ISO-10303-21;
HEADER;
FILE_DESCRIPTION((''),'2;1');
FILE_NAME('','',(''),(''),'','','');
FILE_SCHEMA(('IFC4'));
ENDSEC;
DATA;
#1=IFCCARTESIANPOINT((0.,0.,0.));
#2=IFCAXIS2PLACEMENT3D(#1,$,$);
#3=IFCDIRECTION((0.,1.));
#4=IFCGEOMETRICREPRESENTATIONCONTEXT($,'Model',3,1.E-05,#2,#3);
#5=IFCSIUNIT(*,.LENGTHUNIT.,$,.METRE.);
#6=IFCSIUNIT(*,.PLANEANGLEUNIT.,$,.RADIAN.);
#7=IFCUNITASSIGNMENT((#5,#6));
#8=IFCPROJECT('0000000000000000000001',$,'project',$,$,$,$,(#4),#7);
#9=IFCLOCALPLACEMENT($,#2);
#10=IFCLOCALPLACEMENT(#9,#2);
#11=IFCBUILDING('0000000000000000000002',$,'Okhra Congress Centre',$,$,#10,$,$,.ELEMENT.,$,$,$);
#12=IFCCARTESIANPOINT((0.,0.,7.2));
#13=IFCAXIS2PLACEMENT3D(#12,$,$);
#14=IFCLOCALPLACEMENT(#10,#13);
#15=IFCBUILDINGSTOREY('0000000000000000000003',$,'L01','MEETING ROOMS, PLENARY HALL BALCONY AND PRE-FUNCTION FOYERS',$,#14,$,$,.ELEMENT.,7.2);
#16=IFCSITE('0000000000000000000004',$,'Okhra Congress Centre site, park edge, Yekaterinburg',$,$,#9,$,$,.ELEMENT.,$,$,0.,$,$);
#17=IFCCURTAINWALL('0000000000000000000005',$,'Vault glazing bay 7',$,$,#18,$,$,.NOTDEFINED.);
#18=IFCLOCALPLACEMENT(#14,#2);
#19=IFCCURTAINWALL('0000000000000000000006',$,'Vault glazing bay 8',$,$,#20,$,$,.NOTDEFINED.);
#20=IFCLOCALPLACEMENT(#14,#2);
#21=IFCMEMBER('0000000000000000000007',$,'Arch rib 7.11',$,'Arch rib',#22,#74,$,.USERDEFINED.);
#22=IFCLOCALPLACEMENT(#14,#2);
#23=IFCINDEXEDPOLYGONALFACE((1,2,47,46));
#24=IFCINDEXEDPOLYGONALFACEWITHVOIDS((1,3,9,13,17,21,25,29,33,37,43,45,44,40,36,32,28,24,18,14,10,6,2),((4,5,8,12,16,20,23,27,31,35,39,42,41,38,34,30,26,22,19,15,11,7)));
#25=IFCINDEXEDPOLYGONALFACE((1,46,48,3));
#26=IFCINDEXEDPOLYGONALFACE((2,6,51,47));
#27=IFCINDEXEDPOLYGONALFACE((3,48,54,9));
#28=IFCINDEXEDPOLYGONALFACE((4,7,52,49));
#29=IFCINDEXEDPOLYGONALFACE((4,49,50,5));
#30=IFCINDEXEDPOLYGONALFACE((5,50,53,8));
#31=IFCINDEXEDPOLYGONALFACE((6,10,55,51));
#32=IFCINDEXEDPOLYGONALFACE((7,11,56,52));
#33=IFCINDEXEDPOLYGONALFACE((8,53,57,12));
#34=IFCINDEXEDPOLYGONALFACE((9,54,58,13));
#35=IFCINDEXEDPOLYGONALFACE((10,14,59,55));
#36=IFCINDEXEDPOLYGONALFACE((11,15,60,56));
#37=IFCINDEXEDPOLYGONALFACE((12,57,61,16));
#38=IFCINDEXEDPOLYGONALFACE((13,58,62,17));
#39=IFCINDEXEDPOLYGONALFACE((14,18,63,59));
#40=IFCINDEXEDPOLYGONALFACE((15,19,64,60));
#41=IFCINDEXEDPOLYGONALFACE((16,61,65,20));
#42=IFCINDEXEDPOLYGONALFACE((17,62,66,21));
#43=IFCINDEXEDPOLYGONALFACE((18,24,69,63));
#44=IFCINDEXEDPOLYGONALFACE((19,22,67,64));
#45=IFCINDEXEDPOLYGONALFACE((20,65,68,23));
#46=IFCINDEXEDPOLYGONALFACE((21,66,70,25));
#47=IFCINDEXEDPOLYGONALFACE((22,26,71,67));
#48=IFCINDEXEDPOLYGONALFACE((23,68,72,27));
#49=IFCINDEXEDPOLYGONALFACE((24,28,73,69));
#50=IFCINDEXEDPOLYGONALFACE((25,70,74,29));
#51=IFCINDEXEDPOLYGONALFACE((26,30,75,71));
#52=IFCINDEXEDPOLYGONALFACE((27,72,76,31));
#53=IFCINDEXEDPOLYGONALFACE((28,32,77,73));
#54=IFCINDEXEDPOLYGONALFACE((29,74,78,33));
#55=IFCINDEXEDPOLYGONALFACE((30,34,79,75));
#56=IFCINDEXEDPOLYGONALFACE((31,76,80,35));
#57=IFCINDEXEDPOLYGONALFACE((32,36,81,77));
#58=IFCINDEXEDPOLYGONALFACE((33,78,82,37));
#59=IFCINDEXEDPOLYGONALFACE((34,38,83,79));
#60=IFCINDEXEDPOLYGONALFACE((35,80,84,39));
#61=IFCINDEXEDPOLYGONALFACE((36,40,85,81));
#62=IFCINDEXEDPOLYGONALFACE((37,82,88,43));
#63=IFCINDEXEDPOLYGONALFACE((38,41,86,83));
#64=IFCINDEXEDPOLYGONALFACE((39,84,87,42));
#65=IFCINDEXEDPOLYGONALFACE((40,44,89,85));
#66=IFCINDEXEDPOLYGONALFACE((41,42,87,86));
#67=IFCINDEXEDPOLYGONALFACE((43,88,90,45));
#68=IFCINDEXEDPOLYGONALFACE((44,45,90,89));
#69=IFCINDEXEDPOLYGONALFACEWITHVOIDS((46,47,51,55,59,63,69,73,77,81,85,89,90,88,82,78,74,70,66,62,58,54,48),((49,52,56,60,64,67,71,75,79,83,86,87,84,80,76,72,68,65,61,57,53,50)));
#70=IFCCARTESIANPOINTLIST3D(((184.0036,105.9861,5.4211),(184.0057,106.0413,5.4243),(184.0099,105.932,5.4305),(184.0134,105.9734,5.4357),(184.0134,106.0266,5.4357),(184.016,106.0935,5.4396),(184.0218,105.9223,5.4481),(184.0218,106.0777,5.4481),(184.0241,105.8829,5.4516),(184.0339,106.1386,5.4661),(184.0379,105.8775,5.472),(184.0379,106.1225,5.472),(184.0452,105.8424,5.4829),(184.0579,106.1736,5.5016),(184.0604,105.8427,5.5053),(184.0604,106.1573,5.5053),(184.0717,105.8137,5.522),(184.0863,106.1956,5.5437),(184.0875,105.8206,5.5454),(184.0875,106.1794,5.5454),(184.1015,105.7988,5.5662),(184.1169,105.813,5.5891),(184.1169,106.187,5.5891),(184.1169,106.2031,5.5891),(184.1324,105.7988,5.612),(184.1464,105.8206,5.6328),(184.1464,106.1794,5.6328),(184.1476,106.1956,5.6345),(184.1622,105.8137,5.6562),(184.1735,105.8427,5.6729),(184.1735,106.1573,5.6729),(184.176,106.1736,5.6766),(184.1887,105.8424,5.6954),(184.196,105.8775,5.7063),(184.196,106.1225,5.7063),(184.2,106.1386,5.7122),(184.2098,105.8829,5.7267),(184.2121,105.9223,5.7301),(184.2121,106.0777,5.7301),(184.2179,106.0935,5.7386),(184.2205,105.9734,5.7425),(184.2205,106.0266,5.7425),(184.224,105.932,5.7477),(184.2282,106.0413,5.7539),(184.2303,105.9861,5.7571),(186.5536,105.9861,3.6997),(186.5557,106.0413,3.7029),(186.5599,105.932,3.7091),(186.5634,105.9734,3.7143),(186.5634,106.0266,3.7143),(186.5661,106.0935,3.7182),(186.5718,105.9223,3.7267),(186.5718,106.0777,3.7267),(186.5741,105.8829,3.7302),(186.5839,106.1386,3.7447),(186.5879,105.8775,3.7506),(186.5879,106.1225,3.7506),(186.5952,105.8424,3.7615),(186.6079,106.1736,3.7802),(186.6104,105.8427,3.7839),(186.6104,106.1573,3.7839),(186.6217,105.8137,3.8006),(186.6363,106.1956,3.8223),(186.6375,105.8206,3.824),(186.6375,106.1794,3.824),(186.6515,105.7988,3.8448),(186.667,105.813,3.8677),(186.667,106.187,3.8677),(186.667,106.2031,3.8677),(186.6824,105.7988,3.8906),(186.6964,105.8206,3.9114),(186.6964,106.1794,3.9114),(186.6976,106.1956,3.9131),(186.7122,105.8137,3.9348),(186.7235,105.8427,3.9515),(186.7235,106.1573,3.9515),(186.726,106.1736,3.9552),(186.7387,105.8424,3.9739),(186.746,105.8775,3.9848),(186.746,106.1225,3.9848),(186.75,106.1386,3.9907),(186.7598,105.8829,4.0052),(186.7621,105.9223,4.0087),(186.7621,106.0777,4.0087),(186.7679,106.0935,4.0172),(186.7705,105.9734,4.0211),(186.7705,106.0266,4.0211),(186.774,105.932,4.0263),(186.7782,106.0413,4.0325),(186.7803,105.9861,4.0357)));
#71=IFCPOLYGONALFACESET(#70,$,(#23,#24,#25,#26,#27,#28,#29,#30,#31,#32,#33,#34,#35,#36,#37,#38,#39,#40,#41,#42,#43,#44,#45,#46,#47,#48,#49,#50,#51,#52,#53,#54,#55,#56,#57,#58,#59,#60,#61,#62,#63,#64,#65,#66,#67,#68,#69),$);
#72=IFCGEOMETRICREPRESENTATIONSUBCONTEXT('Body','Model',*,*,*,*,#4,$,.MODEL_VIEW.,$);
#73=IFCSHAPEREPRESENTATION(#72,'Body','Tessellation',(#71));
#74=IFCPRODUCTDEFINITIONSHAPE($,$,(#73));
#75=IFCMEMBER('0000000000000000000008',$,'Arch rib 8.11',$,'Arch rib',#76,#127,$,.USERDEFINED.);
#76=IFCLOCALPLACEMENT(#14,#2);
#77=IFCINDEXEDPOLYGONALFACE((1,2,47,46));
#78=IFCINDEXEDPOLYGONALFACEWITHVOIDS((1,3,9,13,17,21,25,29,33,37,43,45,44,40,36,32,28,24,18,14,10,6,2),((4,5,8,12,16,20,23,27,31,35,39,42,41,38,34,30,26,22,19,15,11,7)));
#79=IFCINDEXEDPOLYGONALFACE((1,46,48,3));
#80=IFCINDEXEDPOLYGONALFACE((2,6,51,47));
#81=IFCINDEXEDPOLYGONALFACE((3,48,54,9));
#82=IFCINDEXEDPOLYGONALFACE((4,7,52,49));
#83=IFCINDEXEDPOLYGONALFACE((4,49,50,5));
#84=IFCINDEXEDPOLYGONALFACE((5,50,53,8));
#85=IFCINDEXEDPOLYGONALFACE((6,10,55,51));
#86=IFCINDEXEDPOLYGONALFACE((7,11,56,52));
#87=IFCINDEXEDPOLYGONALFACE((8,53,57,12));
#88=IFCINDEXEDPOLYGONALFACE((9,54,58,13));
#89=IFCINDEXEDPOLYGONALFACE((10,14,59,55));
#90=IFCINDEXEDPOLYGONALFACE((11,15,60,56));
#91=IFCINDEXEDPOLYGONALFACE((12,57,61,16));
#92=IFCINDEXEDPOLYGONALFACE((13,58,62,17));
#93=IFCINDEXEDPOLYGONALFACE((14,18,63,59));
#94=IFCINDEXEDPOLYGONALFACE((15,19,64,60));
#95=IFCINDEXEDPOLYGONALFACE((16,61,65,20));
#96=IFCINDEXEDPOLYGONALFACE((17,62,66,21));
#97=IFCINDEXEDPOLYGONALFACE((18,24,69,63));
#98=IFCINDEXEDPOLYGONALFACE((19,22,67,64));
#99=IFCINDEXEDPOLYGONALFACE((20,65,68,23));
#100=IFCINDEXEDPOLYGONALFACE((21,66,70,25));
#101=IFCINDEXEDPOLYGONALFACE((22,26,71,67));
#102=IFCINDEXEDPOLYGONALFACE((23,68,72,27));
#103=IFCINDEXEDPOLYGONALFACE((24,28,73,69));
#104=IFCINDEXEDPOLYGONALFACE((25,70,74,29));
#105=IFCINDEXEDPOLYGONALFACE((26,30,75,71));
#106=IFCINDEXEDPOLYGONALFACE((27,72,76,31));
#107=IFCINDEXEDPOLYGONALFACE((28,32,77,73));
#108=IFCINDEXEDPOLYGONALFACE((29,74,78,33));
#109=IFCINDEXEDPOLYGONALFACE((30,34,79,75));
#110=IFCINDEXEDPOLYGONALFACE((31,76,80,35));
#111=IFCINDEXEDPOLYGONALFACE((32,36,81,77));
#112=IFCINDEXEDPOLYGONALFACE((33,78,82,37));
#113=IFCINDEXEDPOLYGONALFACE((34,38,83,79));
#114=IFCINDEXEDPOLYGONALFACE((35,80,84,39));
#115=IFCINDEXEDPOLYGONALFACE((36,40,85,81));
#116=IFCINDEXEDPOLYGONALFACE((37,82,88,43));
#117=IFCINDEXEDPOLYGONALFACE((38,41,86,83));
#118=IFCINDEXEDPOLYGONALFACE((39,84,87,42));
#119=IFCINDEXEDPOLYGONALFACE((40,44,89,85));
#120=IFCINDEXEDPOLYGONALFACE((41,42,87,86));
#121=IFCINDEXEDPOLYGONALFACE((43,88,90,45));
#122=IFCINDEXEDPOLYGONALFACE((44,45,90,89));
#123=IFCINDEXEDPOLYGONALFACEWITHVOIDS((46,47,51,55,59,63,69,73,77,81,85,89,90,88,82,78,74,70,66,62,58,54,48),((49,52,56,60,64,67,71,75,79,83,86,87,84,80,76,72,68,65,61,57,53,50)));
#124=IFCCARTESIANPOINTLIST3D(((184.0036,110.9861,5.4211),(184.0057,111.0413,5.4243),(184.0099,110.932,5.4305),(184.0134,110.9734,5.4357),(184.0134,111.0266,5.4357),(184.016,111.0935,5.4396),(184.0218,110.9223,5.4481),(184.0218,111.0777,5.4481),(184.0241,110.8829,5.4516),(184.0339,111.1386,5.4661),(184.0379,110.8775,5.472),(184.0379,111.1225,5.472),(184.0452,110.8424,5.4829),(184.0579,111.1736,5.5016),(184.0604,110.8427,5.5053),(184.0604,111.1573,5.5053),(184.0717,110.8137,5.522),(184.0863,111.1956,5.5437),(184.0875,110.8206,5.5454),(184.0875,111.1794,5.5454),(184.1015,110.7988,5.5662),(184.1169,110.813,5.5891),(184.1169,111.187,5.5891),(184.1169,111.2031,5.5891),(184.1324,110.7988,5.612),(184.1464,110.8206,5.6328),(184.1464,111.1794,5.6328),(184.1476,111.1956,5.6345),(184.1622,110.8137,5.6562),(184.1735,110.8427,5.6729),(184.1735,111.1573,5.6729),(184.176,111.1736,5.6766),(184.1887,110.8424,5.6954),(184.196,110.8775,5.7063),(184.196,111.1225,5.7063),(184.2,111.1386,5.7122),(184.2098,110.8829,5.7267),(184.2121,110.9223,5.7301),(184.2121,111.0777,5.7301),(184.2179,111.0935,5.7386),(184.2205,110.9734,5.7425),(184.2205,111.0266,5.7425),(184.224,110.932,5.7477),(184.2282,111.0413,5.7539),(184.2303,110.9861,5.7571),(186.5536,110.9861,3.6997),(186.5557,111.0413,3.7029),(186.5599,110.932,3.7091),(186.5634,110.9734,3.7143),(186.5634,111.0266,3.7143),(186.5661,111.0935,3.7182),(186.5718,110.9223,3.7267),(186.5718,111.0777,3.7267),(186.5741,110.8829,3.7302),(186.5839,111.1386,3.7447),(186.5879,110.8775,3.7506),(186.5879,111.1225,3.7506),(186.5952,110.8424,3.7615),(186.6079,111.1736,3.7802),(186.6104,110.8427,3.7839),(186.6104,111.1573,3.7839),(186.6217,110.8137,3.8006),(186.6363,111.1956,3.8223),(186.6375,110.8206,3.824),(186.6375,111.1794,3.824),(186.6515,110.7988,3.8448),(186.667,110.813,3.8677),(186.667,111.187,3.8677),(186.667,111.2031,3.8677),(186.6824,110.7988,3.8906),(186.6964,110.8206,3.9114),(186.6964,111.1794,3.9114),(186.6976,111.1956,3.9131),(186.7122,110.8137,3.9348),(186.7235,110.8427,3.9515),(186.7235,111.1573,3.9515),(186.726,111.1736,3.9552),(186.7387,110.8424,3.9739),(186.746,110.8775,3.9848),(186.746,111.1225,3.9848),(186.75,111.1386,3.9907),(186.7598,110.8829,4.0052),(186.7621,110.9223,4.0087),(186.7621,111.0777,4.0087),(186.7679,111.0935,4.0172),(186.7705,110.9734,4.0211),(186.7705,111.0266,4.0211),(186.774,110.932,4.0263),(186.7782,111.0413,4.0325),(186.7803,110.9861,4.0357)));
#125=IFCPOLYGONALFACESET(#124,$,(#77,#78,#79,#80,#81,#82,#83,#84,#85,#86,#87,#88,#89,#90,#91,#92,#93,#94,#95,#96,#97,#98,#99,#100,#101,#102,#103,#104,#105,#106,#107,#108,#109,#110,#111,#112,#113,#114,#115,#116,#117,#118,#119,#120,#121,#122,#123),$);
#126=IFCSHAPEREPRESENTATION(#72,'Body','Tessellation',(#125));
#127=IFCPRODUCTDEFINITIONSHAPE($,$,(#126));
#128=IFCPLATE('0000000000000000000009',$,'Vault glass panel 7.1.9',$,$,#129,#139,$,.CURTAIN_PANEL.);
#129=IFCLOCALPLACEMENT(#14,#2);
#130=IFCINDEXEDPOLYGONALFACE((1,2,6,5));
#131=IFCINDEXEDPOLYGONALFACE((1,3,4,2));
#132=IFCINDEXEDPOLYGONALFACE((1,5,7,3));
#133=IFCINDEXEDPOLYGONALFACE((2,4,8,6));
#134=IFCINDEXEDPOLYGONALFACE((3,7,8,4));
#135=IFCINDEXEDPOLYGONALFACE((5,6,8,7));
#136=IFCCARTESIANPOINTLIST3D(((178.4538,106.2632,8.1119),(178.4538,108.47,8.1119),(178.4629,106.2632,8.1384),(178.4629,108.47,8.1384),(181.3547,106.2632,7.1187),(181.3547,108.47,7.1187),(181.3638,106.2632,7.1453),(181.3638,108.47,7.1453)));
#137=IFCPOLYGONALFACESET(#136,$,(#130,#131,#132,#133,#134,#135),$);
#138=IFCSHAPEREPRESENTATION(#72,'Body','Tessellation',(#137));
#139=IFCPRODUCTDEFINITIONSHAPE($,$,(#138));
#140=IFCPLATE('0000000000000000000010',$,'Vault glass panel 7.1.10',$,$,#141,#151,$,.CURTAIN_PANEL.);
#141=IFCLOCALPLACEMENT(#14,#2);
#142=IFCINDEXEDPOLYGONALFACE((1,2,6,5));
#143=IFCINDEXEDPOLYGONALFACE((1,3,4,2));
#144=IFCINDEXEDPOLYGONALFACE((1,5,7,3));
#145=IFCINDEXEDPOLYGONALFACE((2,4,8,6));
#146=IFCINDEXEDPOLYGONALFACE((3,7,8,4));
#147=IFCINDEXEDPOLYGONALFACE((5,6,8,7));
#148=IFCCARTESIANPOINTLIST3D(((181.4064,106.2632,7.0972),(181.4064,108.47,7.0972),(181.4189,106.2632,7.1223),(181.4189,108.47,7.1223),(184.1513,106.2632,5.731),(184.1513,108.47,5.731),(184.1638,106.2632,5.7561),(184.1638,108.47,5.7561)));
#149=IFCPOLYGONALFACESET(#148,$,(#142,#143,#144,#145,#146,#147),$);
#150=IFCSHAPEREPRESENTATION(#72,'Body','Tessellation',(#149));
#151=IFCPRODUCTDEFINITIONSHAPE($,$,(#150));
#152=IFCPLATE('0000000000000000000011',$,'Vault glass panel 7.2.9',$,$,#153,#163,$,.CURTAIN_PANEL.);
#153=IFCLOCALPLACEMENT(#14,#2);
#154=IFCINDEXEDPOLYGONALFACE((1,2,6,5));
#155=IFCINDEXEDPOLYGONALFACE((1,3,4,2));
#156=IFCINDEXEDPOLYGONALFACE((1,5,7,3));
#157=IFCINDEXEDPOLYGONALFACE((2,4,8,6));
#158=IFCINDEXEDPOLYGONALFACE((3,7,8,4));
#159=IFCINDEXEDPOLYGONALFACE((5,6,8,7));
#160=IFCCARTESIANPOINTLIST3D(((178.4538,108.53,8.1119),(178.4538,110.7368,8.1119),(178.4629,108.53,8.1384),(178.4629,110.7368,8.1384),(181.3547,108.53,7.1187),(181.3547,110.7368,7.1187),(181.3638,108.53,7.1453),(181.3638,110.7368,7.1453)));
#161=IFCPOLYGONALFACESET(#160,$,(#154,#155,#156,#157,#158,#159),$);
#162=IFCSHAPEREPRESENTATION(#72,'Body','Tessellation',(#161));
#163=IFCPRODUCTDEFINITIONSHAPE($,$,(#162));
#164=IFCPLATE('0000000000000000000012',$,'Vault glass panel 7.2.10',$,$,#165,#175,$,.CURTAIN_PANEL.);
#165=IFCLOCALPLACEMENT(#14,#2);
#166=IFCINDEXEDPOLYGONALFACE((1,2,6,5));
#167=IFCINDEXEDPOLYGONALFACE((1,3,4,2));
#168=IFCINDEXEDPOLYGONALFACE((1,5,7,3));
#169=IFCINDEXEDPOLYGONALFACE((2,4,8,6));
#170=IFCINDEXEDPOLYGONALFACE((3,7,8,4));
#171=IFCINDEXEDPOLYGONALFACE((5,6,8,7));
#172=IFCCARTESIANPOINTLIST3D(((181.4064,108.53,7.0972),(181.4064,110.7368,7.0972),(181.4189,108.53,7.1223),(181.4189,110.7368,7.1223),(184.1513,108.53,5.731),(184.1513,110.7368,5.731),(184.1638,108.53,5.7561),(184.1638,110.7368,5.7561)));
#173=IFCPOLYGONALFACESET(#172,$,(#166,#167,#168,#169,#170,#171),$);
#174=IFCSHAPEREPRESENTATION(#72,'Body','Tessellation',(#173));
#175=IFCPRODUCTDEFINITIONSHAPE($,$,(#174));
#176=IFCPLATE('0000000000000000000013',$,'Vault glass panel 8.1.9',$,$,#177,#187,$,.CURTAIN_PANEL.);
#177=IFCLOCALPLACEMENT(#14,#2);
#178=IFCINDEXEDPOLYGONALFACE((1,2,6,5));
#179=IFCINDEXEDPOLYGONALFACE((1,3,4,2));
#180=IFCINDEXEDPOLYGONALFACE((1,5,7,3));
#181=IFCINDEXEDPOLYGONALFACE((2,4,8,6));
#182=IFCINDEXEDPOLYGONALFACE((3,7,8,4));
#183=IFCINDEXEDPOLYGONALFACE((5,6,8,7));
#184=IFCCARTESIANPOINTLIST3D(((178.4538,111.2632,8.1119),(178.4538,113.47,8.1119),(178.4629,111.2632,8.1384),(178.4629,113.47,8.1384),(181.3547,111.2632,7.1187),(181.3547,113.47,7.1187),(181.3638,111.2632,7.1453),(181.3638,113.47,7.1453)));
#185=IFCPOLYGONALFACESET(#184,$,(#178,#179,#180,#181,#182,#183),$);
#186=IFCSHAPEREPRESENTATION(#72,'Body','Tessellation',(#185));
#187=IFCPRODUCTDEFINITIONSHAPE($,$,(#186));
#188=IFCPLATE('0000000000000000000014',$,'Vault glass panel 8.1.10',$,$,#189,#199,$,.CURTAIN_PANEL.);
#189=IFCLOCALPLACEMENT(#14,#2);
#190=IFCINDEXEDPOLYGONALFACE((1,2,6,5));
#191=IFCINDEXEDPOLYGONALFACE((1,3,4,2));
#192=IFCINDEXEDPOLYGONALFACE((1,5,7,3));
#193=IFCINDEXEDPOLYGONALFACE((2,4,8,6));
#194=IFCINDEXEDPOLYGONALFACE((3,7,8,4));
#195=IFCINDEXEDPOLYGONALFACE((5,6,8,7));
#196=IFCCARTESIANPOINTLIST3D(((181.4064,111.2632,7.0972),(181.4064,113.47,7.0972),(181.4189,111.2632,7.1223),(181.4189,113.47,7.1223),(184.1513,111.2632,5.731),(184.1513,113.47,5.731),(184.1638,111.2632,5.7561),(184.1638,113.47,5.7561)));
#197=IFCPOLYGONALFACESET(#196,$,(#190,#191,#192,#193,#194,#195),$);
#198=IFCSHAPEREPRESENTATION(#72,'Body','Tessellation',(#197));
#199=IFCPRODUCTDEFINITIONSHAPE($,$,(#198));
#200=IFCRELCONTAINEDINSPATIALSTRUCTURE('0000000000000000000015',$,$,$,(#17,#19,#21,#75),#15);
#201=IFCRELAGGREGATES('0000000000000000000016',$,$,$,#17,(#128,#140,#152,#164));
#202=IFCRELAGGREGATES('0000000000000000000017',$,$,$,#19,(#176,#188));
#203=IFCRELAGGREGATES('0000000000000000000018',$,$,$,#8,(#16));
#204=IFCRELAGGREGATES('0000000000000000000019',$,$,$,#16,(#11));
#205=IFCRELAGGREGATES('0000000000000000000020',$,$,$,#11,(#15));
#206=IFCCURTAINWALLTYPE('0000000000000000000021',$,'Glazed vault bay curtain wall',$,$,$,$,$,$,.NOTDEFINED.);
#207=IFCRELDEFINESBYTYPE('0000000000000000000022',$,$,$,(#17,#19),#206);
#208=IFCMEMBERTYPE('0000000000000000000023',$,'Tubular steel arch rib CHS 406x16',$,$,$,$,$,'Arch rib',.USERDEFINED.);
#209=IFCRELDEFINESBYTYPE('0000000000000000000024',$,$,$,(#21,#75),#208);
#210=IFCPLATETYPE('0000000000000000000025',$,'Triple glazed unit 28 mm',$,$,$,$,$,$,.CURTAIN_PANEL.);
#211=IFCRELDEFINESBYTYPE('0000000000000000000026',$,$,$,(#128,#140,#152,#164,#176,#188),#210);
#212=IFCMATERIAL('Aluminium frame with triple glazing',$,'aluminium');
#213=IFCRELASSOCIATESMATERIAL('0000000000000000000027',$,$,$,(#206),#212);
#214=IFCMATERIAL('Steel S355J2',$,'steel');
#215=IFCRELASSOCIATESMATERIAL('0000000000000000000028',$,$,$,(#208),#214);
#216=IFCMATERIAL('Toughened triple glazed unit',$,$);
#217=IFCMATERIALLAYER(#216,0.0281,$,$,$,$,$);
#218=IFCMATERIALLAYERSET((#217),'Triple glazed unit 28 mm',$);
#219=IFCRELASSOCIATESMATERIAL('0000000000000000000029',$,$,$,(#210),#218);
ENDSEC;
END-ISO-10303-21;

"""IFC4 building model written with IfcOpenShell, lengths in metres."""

from ifc_helpers import new_model, si_unit, direction, frame, origin, origin_2d, place, context, subcontext, project, spatial, polyline, hollow_circle, outline, extrude, material, layer, layer_set, material_profile, profile_set, type_object, element, aggregate, save


model = new_model("IFC4")

# Units and contexts
model_context = context("Model", 3, precision=1e-05, world=origin(), true_north=direction((0.0, 1.0)))
body_context = subcontext(model_context, "Body", "Model", "MODEL_VIEW")
ifc_project = project(units=[si_unit("LENGTHUNIT", "METRE"), si_unit("PLANEANGLEUNIT", "RADIAN")], contexts=[model_context])

# Site, building, storey
site_placement = place(None, origin())
site = spatial("IfcSite", under=ifc_project, at=site_placement, Name="Okhra Congress Centre site, park edge, Yekaterinburg", CompositionType="ELEMENT", RefElevation=0.0)
building_placement = place(site_placement, origin())
building = spatial("IfcBuilding", under=site, at=building_placement, Name="Okhra Congress Centre", CompositionType="ELEMENT")
storey_placement = place(building_placement, frame((0.0, 0.0, 7.2)))
storey = spatial("IfcBuildingStorey", under=building, at=storey_placement, Name="L01", Description="MEETING ROOMS, PLENARY HALL BALCONY AND PRE-FUNCTION FOYERS", CompositionType="ELEMENT", Elevation=7.2)

# Shared definitions
ifc_material_1 = material(Name="Aluminium frame with triple glazing", Category="aluminium")
curtain_wall_type = type_object("IfcCurtainWallType", Name="Glazed vault bay curtain wall", PredefinedType="NOTDEFINED", material=ifc_material_1)

# Curtain wall
curtain_wall_1_placement = place(storey_placement, origin())
curtain_wall_1 = element("IfcCurtainWall", 1, at=curtain_wall_1_placement, inside=storey, type_object=curtain_wall_type, Name="Vault glazing bay 7", PredefinedType="NOTDEFINED")

# Curtain wall
curtain_wall_2_placement = place(storey_placement, origin())
curtain_wall_2 = element("IfcCurtainWall", 2, at=curtain_wall_2_placement, inside=storey, type_object=curtain_wall_type, Name="Vault glazing bay 8", PredefinedType="NOTDEFINED")

# Members
ifc_material_2 = material(Name="Steel S355J2", Category="steel")
ifc_material_profile_1 = material_profile(ifc_material_2, hollow_circle(Radius=0.2031, WallThickness=0.0161, at=origin_2d()), Name="CHS 406.4x16")
ifc_profile_set_1 = profile_set([ifc_material_profile_1], Name="Steel S355J2")
member_type_1 = type_object("IfcMemberType", Name="Tubular steel arch rib CHS 406x16", ElementType="Arch rib", PredefinedType="USERDEFINED", material=ifc_profile_set_1)
for number, where, z_axis, x_axis, name in (
    (3, (184.1169, 106.0, 5.5891), (0.828826, 0.0, -0.559507), (0.0, 1.0, 0.0), "Arch rib 7.11"),
    (4, (184.1169, 111.0, 5.5891), (0.828826, 0.0, -0.559507), (0.0, 1.0, 0.0), "Arch rib 8.11"),
):
    element("IfcMember", number, at=place(storey_placement, frame(where, z_axis=z_axis, x_axis=x_axis)), inside=storey, type_object=member_type_1, Name=name, ObjectType="Arch rib", PredefinedType="USERDEFINED", context=body_context, shape_type="SweptSolid", body=[
        extrude(hollow_circle(Radius=0.2031, WallThickness=0.0161, at=origin_2d()), origin(), (0.0, 0.0, 1.0), 3.0767),
    ])

# Plates
ifc_material_3 = material(Name="Toughened triple glazed unit")
ifc_layer = layer(ifc_material_3, 0.0281)
ifc_layer_set = layer_set([ifc_layer], Name="Triple glazed unit 28 mm")
plate_type = type_object("IfcPlateType", Name="Triple glazed unit 28 mm", PredefinedType="CURTAIN_PANEL", material=ifc_layer_set)
plate_1_placement = place(storey_placement, frame((178.4629, 106.2632, 8.1384), z_axis=(0.323909, 0.0, 0.946088), x_axis=(0.946088, 0.0, -0.323909)))
plate_1 = element("IfcPlate", 5, at=plate_1_placement, type_object=plate_type, Name="Vault glass panel 7.1.9", PredefinedType="CURTAIN_PANEL", context=body_context, shape_type="SweptSolid", body=[
    extrude(outline(polyline([(0.0, 0.0), (3.0662, 0.0), (3.0662, 2.2068), (0.0, 2.2068), (0.0, 0.0)])), origin(), (0.0, 0.0, -1.0), 0.0281),
])
plate_2_placement = place(storey_placement, frame((181.4189, 106.2632, 7.1223), z_axis=(0.445588, 0.0, 0.895238), x_axis=(0.895238, 0.0, -0.445588)))
plate_2 = element("IfcPlate", 6, at=plate_2_placement, type_object=plate_type, Name="Vault glass panel 7.1.10", PredefinedType="CURTAIN_PANEL", context=body_context, shape_type="SweptSolid", body=[
    extrude(outline(polyline([(0.0, 0.0), (3.0661, 0.0), (3.0661, 2.2068), (0.0, 2.2068), (0.0, 0.0)])), origin(), (0.0, 0.0, -1.0), 0.0281),
])
plate_3_placement = place(storey_placement, frame((178.4629, 108.53, 8.1384), z_axis=(0.323909, 0.0, 0.946088), x_axis=(0.946088, 0.0, -0.323909)))
plate_3 = element("IfcPlate", 7, at=plate_3_placement, type_object=plate_type, Name="Vault glass panel 7.2.9", PredefinedType="CURTAIN_PANEL", context=body_context, shape_type="SweptSolid", body=[
    extrude(outline(polyline([(0.0, 0.0), (3.0662, 0.0), (3.0662, 2.2068), (0.0, 2.2068), (0.0, 0.0)])), origin(), (0.0, 0.0, -1.0), 0.0281),
])
plate_4_placement = place(storey_placement, frame((181.4189, 108.53, 7.1223), z_axis=(0.445588, 0.0, 0.895238), x_axis=(0.895238, 0.0, -0.445588)))
plate_4 = element("IfcPlate", 8, at=plate_4_placement, type_object=plate_type, Name="Vault glass panel 7.2.10", PredefinedType="CURTAIN_PANEL", context=body_context, shape_type="SweptSolid", body=[
    extrude(outline(polyline([(0.0, 0.0), (3.0661, 0.0), (3.0661, 2.2068), (0.0, 2.2068), (0.0, 0.0)])), origin(), (0.0, 0.0, -1.0), 0.0281),
])
aggregate(curtain_wall_1, [plate_1, plate_2, plate_3, plate_4])
plate_5_placement = place(storey_placement, frame((178.4629, 111.2632, 8.1384), z_axis=(0.323909, 0.0, 0.946088), x_axis=(0.946088, 0.0, -0.323909)))
plate_5 = element("IfcPlate", 9, at=plate_5_placement, type_object=plate_type, Name="Vault glass panel 8.1.9", PredefinedType="CURTAIN_PANEL", context=body_context, shape_type="SweptSolid", body=[
    extrude(outline(polyline([(0.0, 0.0), (3.0662, 0.0), (3.0662, 2.2068), (0.0, 2.2068), (0.0, 0.0)])), origin(), (0.0, 0.0, -1.0), 0.0281),
])
plate_6_placement = place(storey_placement, frame((181.4189, 111.2632, 7.1223), z_axis=(0.445588, 0.0, 0.895238), x_axis=(0.895238, 0.0, -0.445588)))
plate_6 = element("IfcPlate", 10, at=plate_6_placement, type_object=plate_type, Name="Vault glass panel 8.1.10", PredefinedType="CURTAIN_PANEL", context=body_context, shape_type="SweptSolid", body=[
    extrude(outline(polyline([(0.0, 0.0), (3.0661, 0.0), (3.0661, 2.2068), (0.0, 2.2068), (0.0, 0.0)])), origin(), (0.0, 0.0, -1.0), 0.0281),
])
aggregate(curtain_wall_2, [plate_5, plate_6])

save(model, "model.ifc")
